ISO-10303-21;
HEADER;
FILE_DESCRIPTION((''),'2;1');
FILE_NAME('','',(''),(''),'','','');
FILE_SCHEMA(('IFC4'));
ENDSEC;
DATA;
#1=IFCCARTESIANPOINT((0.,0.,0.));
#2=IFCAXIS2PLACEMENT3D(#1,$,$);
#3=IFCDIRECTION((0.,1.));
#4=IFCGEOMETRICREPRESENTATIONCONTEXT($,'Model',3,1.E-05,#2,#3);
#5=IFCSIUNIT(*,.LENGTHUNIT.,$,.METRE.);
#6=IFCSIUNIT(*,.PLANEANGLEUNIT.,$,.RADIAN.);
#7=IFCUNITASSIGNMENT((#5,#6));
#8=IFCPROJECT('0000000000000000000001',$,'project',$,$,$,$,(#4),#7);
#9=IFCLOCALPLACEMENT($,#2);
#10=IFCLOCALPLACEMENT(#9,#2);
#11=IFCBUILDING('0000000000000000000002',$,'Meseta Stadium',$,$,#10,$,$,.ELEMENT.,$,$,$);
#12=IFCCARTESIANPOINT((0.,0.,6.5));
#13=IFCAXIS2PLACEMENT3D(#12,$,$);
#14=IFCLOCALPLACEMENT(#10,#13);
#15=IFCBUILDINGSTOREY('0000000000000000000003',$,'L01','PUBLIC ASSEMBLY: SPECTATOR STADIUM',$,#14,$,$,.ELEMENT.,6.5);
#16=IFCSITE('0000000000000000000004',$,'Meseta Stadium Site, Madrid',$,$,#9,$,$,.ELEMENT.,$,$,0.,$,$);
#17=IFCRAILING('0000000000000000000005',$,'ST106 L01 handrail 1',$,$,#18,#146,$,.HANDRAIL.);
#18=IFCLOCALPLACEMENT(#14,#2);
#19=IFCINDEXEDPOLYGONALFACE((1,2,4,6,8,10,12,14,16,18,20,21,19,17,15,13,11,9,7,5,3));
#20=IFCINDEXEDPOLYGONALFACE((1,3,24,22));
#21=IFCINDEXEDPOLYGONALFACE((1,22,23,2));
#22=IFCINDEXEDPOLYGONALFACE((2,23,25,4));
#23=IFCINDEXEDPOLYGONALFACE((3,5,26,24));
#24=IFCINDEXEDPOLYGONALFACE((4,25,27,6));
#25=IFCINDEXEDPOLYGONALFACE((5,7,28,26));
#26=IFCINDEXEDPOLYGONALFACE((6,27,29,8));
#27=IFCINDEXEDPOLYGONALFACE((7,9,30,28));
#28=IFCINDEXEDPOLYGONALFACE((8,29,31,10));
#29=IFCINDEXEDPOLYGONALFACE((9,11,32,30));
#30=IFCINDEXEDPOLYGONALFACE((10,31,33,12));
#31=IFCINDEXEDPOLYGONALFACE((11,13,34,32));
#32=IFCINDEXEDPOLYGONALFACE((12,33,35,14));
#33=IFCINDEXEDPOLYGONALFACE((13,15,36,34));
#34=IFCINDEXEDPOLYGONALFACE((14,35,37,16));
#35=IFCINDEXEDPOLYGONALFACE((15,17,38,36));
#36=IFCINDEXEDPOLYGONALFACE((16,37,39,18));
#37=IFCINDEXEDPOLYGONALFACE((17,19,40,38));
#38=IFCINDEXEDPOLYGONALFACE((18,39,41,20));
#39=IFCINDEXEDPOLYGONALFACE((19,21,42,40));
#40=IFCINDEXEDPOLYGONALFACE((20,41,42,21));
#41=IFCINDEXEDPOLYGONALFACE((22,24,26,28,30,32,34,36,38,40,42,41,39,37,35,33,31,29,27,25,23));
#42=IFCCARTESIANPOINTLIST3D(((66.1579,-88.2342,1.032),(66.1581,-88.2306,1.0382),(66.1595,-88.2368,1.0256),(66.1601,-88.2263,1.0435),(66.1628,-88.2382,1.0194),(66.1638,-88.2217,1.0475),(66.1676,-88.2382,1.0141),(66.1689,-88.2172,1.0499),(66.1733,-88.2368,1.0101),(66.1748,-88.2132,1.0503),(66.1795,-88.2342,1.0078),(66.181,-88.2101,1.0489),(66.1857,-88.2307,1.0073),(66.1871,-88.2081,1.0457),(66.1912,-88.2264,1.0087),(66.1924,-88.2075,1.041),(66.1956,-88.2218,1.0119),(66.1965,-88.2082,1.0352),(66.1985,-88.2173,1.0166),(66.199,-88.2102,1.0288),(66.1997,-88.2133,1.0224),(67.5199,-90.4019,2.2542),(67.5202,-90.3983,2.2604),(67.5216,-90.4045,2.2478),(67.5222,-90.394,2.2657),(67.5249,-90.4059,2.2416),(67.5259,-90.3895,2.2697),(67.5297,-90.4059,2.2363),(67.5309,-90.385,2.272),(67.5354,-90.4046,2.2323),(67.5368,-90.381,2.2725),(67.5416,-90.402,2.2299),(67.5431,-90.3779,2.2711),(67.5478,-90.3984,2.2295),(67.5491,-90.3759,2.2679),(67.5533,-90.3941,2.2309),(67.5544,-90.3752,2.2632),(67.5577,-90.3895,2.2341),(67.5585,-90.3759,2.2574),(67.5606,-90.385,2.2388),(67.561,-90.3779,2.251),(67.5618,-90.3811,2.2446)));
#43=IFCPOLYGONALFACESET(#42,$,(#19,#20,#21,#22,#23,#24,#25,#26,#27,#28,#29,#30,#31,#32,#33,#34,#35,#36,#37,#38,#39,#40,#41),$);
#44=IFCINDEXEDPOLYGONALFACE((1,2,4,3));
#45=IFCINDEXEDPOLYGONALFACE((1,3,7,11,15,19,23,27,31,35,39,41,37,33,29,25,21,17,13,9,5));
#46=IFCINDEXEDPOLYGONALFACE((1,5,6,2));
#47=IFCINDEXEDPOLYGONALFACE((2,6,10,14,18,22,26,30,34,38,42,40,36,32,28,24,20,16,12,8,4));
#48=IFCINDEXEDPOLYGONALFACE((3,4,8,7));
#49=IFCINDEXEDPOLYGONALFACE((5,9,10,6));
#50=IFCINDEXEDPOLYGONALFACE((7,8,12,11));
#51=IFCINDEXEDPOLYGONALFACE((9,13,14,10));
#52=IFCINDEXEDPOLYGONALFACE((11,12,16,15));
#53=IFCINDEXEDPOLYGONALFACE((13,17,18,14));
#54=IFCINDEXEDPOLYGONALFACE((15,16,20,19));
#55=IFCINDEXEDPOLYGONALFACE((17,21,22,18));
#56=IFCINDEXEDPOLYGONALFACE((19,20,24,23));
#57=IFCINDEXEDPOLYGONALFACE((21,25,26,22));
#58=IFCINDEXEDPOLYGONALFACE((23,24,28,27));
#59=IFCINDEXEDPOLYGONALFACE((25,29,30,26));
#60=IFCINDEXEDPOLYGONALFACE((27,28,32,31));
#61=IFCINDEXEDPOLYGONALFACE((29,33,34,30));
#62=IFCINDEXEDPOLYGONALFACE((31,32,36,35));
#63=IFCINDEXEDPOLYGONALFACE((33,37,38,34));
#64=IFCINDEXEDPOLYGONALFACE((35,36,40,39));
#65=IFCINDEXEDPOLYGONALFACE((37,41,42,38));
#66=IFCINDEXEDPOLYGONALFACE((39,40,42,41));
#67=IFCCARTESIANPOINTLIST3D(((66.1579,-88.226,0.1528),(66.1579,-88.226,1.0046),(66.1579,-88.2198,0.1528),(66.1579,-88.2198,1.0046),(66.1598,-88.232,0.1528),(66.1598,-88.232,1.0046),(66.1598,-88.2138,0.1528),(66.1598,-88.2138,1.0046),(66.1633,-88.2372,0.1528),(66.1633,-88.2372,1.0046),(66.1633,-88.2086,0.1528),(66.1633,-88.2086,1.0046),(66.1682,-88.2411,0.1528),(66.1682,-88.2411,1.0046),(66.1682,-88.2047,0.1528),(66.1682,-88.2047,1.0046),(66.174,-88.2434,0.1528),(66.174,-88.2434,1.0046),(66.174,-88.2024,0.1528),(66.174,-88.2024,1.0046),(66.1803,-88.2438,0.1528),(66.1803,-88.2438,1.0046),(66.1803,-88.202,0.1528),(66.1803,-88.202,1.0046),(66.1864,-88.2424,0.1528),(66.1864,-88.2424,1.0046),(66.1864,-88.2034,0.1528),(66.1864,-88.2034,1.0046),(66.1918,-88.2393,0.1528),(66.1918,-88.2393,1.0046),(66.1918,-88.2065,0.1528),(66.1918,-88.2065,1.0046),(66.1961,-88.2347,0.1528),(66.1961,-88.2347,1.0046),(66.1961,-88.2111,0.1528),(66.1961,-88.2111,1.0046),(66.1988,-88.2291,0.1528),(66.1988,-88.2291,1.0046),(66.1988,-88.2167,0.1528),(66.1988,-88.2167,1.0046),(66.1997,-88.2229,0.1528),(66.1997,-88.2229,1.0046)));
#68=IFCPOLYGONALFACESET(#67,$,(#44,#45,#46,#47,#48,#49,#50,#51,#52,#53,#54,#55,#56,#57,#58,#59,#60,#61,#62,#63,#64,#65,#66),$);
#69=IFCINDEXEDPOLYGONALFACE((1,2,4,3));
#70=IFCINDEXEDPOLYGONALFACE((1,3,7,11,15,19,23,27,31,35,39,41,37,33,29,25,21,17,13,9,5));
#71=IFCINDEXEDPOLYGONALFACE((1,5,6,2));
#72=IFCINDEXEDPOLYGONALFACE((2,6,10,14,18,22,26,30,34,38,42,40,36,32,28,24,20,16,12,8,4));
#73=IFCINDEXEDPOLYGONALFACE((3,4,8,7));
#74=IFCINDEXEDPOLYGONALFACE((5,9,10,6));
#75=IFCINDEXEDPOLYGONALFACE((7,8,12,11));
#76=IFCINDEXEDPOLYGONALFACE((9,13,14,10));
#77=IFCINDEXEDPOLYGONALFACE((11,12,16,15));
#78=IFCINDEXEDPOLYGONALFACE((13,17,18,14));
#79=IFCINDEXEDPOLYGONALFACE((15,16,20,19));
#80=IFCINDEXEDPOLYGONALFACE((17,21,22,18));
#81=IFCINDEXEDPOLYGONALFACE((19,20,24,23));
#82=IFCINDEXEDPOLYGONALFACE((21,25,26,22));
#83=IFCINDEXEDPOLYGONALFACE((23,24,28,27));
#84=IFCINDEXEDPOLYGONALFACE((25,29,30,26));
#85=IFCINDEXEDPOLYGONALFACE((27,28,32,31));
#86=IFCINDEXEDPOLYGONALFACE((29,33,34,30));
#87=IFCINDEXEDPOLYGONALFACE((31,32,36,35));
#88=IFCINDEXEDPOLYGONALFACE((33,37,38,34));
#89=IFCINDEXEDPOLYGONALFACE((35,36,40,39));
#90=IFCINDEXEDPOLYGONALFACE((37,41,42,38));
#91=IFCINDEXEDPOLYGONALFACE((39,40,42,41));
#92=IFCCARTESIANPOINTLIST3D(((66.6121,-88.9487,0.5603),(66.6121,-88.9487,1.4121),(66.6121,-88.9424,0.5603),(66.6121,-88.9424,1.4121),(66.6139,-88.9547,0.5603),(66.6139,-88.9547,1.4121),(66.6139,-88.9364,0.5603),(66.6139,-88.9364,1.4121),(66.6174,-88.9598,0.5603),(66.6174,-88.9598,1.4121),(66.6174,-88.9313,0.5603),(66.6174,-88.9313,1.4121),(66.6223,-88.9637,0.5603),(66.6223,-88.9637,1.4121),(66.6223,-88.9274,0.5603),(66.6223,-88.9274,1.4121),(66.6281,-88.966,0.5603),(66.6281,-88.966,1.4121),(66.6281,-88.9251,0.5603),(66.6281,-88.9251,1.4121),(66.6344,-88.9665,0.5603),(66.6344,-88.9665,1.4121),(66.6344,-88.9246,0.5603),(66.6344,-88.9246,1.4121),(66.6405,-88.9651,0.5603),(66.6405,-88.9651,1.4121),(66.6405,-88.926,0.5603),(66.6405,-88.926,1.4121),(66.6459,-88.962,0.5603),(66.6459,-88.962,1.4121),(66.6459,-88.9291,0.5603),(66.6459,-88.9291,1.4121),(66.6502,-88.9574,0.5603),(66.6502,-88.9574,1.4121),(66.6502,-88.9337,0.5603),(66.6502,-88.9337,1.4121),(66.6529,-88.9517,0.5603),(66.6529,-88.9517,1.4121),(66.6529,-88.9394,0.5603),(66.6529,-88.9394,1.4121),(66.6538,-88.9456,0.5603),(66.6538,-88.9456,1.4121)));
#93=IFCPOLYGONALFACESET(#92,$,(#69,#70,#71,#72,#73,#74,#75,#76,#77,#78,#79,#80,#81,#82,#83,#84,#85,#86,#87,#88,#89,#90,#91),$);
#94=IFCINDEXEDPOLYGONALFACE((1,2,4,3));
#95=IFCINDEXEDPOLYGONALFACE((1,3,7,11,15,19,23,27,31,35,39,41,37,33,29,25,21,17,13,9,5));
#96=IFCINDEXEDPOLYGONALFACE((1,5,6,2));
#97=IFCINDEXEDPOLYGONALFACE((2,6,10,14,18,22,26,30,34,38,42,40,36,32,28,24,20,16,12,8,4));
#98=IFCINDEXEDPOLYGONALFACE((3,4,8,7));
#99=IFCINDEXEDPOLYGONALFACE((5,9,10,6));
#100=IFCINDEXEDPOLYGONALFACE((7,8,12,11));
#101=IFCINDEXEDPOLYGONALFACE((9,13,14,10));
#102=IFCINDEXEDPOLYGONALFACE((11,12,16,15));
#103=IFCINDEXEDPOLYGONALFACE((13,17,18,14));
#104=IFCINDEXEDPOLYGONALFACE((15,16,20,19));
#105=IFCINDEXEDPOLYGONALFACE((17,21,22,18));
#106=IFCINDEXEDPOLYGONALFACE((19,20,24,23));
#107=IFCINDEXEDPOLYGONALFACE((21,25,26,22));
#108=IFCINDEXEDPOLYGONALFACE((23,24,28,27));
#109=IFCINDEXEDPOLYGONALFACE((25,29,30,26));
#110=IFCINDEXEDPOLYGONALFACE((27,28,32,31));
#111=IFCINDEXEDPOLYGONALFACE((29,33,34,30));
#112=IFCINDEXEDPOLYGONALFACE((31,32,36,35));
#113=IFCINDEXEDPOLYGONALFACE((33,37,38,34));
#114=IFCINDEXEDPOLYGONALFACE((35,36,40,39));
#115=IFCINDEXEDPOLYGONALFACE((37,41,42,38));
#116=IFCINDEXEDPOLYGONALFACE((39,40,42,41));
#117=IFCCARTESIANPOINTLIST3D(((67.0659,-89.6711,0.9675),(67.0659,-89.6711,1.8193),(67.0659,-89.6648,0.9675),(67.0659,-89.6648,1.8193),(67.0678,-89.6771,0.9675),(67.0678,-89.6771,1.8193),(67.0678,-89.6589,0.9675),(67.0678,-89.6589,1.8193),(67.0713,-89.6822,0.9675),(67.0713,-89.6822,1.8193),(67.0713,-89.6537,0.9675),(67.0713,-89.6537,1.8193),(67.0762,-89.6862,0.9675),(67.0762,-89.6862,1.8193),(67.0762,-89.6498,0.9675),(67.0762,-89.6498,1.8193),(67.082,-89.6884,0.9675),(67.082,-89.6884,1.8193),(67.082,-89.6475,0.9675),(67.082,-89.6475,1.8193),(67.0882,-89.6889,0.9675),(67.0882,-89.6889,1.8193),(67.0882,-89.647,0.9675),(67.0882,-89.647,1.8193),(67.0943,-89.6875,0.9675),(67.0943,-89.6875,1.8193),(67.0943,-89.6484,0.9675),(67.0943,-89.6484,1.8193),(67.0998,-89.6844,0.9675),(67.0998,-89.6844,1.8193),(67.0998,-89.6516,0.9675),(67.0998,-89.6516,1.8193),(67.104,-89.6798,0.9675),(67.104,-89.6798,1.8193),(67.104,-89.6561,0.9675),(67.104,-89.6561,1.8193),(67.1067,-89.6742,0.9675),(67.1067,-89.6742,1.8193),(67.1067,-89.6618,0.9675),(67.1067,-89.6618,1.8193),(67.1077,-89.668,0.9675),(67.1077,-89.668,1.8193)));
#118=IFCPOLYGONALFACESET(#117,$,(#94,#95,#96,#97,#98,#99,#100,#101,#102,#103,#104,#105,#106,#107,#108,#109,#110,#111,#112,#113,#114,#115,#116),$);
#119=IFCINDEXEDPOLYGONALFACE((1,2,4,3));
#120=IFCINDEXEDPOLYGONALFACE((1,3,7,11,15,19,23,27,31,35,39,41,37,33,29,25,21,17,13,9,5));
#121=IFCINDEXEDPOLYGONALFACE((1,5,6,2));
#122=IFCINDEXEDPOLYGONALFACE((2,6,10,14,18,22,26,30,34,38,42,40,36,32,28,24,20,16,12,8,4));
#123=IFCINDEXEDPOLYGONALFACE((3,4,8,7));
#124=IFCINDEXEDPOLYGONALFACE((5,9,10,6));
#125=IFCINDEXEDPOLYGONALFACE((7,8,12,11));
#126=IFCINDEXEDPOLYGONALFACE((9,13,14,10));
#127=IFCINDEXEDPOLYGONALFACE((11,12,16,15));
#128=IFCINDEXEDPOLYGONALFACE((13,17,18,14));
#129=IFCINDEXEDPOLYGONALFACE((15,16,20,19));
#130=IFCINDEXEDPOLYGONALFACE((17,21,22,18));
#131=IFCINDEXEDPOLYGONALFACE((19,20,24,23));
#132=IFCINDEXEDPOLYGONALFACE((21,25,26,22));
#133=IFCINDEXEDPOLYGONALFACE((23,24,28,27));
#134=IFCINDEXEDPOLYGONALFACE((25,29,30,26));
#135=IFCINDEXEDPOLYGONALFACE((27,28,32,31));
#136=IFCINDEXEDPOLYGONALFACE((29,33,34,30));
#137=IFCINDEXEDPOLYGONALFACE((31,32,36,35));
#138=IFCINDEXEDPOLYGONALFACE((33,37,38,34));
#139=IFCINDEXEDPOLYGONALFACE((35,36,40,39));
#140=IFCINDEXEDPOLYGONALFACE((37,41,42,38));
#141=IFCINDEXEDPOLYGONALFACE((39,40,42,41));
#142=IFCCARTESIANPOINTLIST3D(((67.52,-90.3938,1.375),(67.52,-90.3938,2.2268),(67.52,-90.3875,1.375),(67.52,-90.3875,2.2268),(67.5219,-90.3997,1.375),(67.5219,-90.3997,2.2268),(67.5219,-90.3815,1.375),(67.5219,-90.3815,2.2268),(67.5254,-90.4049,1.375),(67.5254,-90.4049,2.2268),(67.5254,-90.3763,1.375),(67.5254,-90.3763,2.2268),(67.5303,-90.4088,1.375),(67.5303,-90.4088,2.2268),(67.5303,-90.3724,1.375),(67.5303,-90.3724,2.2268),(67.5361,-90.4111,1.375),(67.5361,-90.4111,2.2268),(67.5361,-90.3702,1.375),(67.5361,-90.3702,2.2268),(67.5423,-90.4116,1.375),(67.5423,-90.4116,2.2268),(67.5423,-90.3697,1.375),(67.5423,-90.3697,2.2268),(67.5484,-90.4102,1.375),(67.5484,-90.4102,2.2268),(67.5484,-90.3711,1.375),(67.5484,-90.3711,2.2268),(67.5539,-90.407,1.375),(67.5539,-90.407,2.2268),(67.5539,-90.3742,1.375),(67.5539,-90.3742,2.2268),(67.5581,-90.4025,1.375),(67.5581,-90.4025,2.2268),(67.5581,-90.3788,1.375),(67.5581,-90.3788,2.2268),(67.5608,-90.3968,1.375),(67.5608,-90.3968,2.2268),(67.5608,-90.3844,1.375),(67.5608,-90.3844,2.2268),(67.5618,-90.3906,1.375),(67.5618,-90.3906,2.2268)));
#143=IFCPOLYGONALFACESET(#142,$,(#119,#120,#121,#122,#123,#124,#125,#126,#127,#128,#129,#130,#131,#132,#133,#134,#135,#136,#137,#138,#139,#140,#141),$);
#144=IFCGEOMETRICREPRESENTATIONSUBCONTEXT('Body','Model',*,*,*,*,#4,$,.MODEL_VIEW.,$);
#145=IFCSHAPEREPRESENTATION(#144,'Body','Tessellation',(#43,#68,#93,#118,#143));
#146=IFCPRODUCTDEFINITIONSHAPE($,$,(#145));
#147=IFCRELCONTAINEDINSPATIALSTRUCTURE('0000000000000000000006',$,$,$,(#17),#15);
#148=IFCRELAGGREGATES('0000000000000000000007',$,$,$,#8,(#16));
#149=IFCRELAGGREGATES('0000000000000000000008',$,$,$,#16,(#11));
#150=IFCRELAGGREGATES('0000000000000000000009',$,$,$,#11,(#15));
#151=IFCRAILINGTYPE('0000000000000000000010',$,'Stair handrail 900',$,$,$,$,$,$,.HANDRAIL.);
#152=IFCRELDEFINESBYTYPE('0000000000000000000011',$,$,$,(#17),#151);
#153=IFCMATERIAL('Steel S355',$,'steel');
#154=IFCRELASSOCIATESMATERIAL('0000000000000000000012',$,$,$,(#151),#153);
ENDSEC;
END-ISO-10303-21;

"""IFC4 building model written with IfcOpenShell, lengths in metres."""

from ifc_helpers import new_model, si_unit, direction, frame, origin, origin_2d, place, context, subcontext, project, spatial, circle, extrude, material, type_object, element, save


model = new_model("IFC4")

# Units and contexts
model_context = context("Model", 3, precision=1e-05, world=origin(), true_north=direction((0.0, 1.0)))
body_context = subcontext(model_context, "Body", "Model", "MODEL_VIEW")
ifc_project = project(units=[si_unit("LENGTHUNIT", "METRE"), si_unit("PLANEANGLEUNIT", "RADIAN")], contexts=[model_context])

# Site, building, storey
site_placement = place(None, origin())
site = spatial("IfcSite", under=ifc_project, at=site_placement, Name="Meseta Stadium Site, Madrid", CompositionType="ELEMENT", RefElevation=0.0)
building_placement = place(site_placement, origin())
building = spatial("IfcBuilding", under=site, at=building_placement, Name="Meseta Stadium", CompositionType="ELEMENT")
storey_placement = place(building_placement, frame((0.0, 0.0, 6.5)))
storey = spatial("IfcBuildingStorey", under=building, at=storey_placement, Name="L01", Description="PUBLIC ASSEMBLY: SPECTATOR STADIUM", CompositionType="ELEMENT", Elevation=6.5)

# Railing
ifc_material_1 = material(Name="Steel S355", Category="steel")
railing_type_1 = type_object("IfcRailingType", Name="Stair handrail 900", PredefinedType="HANDRAIL", material=ifc_material_1)
for number, where, name in (
    (1, (66.1787, -88.2229, 0.1528), "ST106 L01 handrail 1"),
):
    element("IfcRailing", number, at=place(storey_placement, frame(where)), inside=storey, type_object=railing_type_1, Name=name, PredefinedType="HANDRAIL", context=body_context, shape_type="SweptSolid", body=[
        extrude(circle(Radius=0.0239, at=origin_2d()), frame((0.0, 0.0, 0.876), z_axis=(0.480125, -0.764121, 0.430813), x_axis=(0.846726, 0.532029, 0.0)), (0.0, 0.0, 1.0), 2.8369),
        extrude(circle(Radius=0.021, at=origin_2d()), origin(), (0.0, 0.0, 1.0), 0.8518),
        extrude(circle(Radius=0.021, at=origin_2d()), frame((0.4541, -0.7227, 0.4075)), (0.0, 0.0, 1.0), 0.8518),
        extrude(circle(Radius=0.021, at=origin_2d()), frame((0.908, -1.4451, 0.8147)), (0.0, 0.0, 1.0), 0.8518),
        extrude(circle(Radius=0.021, at=origin_2d()), frame((1.3621, -2.1677, 1.2222)), (0.0, 0.0, 1.0), 0.8518),
    ])

save(model, "model.ifc")
